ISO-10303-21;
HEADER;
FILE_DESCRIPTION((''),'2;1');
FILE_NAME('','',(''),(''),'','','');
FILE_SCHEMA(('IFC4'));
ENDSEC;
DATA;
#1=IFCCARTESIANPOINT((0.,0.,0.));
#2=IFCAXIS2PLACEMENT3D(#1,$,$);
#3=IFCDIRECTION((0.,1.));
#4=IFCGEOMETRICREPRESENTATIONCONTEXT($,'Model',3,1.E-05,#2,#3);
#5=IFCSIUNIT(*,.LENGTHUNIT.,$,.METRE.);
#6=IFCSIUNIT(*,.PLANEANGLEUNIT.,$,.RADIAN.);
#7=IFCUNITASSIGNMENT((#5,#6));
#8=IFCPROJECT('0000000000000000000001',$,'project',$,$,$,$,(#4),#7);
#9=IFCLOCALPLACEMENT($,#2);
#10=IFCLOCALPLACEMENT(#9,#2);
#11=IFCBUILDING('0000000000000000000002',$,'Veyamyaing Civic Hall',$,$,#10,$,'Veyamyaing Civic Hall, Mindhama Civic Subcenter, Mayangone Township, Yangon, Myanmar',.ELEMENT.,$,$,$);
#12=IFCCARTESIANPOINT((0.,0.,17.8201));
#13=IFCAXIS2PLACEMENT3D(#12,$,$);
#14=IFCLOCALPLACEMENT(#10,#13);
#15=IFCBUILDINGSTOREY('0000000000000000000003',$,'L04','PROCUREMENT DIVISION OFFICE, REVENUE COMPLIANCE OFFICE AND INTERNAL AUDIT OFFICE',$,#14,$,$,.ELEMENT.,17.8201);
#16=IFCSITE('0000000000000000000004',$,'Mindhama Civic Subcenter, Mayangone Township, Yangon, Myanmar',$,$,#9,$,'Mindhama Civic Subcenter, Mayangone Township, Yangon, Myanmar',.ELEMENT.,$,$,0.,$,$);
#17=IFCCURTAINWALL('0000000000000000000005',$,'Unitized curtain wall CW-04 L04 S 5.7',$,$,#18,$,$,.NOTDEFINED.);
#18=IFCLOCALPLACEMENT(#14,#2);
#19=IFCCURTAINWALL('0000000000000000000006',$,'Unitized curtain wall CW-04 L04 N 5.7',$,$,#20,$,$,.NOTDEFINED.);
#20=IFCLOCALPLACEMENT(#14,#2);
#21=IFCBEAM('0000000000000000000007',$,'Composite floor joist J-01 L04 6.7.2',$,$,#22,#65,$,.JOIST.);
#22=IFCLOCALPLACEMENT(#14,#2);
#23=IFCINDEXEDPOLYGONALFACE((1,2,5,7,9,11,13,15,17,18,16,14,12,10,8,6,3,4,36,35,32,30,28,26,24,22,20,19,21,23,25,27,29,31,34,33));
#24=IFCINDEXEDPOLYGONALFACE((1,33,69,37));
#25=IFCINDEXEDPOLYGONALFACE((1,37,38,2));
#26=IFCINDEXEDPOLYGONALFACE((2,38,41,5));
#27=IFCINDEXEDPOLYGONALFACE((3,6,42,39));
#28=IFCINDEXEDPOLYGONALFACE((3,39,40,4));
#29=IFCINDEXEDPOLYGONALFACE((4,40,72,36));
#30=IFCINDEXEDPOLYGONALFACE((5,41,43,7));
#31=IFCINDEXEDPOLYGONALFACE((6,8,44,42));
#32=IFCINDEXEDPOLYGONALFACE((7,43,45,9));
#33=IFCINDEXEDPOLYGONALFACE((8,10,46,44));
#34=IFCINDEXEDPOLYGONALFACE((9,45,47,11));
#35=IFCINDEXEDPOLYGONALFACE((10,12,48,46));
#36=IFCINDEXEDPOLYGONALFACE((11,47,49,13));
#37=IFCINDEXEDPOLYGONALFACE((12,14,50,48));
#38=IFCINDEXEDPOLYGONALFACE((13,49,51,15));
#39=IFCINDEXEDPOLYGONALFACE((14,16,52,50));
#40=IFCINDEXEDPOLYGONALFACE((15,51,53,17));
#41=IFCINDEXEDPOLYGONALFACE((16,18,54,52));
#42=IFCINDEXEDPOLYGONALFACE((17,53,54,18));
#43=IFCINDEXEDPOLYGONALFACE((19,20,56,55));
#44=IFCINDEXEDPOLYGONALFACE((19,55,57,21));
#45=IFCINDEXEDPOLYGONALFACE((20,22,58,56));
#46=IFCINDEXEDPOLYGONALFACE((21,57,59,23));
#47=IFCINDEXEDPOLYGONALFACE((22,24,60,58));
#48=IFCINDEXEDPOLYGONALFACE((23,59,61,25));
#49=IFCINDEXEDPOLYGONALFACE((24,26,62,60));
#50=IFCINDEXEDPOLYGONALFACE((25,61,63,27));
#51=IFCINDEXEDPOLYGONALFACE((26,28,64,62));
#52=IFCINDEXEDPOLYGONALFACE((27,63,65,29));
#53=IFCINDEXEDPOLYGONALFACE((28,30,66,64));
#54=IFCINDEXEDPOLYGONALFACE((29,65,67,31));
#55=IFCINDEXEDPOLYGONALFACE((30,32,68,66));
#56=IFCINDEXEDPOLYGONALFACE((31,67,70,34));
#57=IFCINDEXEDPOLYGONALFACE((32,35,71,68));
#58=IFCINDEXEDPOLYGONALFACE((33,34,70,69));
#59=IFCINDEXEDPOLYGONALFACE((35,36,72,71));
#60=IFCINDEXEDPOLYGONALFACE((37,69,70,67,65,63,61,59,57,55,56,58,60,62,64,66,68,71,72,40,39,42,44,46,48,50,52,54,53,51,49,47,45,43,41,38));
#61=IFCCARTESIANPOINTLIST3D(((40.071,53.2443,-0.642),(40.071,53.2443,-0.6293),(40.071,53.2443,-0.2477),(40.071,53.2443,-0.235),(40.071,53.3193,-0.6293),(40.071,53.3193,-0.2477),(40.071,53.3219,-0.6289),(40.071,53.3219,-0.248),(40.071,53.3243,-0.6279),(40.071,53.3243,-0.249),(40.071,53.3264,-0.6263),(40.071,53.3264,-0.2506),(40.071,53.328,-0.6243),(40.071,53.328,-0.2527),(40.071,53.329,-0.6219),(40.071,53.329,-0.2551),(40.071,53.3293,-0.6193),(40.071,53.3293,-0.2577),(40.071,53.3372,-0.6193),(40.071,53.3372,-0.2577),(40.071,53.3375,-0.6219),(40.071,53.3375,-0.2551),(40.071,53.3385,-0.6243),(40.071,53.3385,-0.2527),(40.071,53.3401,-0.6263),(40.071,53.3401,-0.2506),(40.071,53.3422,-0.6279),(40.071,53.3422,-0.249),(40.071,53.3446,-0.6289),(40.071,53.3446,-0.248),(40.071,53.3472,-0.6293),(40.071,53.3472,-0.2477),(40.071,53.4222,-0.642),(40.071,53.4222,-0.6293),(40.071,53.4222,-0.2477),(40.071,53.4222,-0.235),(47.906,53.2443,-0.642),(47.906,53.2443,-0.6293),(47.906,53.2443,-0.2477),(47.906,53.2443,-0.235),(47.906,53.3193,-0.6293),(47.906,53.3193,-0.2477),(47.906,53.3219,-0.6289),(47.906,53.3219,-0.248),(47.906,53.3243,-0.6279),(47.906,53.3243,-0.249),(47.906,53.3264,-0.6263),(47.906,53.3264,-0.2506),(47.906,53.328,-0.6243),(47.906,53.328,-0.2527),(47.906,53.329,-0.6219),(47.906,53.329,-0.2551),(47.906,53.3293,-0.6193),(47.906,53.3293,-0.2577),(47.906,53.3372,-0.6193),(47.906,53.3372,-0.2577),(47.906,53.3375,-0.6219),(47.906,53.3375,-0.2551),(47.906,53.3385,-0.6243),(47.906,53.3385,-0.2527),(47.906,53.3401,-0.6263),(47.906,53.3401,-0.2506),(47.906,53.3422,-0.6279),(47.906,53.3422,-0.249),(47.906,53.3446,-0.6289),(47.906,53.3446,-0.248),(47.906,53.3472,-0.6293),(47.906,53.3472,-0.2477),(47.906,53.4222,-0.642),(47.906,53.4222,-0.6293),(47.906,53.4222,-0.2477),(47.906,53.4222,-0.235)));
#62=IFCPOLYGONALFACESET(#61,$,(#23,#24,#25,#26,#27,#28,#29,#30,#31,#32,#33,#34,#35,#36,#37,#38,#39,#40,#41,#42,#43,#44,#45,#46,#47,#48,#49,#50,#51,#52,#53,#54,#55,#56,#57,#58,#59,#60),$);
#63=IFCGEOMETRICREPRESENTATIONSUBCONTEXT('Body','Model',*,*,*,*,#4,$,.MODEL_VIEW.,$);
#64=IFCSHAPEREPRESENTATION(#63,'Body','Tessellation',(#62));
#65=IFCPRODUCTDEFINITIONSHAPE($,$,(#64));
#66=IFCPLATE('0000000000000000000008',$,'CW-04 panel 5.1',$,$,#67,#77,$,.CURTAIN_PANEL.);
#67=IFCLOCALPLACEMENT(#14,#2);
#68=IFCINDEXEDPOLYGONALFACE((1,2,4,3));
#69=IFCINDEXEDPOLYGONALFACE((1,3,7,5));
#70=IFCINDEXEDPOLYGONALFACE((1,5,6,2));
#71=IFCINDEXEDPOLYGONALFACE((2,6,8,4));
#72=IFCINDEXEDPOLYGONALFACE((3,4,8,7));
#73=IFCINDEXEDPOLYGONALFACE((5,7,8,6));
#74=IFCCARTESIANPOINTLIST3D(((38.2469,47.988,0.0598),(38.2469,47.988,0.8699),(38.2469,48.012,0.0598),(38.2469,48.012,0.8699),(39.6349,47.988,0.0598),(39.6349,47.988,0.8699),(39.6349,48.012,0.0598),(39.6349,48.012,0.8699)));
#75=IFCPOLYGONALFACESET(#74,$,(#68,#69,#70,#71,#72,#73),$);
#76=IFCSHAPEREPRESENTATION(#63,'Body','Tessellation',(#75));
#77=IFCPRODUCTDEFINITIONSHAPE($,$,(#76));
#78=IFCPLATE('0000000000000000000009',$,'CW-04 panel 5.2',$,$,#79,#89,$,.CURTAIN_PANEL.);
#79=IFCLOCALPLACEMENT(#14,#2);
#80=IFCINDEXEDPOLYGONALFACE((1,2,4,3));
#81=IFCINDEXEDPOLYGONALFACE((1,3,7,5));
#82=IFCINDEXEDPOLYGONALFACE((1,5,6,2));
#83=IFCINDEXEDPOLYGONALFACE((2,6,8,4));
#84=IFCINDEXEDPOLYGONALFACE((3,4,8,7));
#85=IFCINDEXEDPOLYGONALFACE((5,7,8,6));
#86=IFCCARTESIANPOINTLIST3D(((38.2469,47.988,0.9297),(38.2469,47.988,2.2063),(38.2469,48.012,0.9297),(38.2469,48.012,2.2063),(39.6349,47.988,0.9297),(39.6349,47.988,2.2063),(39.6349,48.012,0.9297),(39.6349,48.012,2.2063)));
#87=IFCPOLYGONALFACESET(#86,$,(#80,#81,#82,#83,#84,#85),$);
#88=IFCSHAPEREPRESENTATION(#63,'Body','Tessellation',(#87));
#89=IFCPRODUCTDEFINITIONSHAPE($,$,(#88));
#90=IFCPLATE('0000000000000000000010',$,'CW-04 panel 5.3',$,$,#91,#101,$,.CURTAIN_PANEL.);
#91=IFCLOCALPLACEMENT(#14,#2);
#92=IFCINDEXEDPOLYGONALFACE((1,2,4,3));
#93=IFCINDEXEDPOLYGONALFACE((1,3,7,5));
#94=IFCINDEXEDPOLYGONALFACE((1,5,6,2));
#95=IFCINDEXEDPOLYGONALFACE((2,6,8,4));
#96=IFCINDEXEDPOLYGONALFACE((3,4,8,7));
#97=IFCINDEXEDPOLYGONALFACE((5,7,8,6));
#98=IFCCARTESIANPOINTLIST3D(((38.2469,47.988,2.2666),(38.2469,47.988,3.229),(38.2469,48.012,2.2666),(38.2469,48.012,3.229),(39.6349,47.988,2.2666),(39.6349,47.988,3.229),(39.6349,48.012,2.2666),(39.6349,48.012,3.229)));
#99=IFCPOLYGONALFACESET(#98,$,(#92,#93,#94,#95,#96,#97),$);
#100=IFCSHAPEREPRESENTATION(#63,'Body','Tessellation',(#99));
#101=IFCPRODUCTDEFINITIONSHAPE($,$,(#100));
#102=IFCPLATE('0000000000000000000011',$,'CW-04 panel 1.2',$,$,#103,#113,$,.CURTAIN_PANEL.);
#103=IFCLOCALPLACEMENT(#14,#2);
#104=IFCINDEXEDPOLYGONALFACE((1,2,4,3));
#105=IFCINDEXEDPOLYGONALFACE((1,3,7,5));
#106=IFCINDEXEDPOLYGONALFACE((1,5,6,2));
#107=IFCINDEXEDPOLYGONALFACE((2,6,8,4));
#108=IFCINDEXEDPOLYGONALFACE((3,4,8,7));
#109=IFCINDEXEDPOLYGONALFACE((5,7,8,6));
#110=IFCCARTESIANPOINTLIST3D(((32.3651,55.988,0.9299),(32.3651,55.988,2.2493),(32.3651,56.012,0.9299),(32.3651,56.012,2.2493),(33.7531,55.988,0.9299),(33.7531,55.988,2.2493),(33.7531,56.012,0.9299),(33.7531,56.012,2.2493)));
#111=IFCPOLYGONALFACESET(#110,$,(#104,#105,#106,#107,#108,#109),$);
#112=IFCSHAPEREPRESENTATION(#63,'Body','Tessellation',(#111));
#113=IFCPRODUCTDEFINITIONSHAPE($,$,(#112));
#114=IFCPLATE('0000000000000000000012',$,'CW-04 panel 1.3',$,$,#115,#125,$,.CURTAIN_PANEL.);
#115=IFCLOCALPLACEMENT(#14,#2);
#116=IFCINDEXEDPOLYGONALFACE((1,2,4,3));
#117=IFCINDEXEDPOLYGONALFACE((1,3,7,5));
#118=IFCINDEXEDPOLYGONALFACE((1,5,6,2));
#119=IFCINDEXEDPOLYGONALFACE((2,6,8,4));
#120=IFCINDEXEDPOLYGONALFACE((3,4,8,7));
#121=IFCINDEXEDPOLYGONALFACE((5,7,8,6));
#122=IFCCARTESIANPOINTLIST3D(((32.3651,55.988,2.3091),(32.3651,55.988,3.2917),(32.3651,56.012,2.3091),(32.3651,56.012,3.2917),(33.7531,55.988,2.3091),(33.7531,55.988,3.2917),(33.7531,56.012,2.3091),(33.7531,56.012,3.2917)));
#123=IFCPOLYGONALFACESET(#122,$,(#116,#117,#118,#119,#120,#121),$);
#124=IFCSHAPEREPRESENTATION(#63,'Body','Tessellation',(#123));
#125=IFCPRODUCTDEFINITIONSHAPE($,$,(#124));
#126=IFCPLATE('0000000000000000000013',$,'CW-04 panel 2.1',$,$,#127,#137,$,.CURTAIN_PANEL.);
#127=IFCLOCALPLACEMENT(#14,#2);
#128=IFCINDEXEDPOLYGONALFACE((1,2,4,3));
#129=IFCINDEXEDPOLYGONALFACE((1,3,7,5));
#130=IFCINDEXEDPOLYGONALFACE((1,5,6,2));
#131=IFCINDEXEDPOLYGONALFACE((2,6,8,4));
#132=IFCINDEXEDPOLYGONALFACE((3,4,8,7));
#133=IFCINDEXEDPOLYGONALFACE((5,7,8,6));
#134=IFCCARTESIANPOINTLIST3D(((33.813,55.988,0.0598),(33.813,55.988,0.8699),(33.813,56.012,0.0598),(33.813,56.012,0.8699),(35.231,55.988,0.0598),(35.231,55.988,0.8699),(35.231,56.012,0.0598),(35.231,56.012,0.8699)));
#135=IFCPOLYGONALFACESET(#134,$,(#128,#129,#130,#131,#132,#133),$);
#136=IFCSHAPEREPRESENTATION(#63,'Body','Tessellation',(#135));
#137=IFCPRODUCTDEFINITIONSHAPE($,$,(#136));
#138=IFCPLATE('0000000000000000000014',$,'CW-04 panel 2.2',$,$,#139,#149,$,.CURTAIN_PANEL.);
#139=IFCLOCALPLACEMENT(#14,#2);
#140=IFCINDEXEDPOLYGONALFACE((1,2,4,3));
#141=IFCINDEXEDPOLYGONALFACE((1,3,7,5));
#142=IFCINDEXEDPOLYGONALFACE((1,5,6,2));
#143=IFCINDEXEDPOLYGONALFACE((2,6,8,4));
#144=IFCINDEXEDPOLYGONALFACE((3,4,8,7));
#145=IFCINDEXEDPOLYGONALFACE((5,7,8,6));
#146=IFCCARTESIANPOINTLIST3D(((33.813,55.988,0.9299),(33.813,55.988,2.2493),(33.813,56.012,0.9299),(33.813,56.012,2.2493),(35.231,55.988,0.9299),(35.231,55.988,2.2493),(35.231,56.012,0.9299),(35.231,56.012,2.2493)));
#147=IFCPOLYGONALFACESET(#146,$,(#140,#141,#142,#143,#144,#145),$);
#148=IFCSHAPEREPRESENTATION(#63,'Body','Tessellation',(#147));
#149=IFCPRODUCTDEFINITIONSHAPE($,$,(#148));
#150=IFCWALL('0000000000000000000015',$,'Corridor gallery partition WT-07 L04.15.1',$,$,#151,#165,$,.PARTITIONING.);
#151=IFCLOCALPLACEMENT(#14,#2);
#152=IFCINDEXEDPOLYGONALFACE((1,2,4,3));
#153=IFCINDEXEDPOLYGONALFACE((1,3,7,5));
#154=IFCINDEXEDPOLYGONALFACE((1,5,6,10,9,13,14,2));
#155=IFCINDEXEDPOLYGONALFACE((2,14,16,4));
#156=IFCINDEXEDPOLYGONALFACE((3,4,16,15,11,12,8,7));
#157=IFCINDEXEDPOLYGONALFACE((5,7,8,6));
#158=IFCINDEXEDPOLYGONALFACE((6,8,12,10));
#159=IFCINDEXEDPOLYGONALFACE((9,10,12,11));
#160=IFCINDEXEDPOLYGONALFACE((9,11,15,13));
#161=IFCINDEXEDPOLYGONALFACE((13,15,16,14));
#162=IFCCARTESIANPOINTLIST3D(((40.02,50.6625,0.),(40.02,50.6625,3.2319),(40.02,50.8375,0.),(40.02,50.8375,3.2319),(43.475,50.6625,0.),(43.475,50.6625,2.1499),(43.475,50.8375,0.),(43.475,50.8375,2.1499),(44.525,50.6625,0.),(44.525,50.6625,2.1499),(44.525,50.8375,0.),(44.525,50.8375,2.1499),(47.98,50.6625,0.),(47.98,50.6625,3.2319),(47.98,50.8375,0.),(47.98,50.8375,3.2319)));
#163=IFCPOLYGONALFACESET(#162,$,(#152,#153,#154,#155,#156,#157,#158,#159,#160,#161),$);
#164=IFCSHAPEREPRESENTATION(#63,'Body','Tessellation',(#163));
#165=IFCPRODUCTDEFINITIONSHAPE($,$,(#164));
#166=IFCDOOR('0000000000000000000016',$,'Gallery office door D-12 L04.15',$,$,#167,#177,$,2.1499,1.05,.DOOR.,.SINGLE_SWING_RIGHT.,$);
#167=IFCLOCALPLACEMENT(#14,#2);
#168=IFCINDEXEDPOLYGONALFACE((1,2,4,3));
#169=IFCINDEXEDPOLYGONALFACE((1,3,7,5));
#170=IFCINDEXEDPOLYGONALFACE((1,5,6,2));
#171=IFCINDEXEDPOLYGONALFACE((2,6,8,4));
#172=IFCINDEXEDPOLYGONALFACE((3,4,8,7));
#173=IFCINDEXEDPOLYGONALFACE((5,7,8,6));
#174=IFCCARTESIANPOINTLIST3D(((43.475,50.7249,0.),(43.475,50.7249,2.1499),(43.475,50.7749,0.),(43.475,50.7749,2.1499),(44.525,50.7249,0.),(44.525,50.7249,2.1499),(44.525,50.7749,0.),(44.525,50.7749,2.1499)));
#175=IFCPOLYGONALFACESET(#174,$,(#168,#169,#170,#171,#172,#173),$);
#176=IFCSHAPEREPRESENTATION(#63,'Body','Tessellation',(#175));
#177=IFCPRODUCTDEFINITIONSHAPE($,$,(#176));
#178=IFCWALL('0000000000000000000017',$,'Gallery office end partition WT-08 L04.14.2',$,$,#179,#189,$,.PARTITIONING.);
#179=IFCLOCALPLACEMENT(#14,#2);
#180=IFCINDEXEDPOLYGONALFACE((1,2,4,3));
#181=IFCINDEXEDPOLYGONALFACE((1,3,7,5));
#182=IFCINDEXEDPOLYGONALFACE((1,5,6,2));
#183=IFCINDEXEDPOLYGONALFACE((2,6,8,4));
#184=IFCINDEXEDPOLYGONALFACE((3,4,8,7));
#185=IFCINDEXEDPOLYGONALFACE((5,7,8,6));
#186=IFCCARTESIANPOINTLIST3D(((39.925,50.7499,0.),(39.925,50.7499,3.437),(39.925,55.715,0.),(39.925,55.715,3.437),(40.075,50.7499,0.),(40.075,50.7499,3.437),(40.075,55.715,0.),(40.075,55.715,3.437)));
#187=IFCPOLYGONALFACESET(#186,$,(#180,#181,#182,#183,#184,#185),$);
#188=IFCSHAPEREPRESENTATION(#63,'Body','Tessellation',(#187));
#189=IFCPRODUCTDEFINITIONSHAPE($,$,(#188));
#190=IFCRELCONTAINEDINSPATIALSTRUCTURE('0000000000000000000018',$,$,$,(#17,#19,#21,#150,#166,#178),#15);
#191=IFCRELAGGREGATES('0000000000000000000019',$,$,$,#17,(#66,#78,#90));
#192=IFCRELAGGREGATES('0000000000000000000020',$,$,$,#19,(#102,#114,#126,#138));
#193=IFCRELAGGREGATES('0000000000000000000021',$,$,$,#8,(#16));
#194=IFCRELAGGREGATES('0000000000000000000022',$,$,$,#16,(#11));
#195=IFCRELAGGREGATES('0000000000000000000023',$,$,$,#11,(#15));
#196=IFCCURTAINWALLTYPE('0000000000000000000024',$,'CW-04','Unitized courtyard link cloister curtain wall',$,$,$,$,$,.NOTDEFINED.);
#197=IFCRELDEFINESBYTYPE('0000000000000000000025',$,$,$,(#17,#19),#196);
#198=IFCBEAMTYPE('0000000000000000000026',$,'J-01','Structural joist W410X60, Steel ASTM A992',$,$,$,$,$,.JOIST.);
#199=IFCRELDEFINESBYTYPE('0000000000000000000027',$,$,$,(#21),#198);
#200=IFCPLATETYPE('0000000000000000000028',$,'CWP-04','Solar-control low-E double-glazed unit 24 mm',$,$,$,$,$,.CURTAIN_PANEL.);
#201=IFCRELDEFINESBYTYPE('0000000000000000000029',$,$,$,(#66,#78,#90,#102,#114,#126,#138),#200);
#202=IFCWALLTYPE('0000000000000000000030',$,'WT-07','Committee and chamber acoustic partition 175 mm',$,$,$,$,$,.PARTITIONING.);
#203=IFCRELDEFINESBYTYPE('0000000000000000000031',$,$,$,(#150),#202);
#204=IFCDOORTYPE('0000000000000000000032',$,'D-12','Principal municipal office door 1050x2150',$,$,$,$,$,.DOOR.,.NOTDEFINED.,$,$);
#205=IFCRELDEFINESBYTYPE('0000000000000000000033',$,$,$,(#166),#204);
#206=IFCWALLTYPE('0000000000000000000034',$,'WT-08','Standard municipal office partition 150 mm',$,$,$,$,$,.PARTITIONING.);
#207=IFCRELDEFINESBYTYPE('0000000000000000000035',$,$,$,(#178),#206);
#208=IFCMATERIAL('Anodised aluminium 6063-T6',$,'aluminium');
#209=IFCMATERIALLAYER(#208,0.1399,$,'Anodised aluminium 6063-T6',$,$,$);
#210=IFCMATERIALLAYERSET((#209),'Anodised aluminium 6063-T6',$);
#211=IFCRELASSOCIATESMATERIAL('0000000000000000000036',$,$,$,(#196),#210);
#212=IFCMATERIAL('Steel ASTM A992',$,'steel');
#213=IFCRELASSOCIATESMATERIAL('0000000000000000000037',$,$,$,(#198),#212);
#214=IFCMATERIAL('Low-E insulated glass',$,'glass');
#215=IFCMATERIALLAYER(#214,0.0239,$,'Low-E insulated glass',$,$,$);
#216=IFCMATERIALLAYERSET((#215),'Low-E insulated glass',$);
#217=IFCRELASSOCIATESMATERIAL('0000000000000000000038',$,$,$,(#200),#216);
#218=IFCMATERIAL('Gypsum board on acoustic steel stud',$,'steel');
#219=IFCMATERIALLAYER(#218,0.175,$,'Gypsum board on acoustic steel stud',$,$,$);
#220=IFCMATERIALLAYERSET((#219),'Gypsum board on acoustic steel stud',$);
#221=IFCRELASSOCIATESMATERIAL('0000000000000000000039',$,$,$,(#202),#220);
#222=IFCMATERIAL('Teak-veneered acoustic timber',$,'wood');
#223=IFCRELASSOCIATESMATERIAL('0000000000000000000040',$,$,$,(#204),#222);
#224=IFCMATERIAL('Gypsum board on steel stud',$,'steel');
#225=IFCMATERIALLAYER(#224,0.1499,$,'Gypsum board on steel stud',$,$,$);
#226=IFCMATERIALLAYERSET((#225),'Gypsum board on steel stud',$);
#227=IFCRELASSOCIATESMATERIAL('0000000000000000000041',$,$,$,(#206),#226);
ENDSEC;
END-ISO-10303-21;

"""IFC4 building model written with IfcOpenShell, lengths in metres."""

from ifc_helpers import new_model, si_unit, direction, frame, frame_2d, origin, origin_2d, place, context, subcontext, project, spatial, rectangle, i_section, extrude, material, layer, layer_set, material_profile, profile_set, type_object, element, fill, aggregate, save


model = new_model("IFC4")

# Units and contexts
model_context = context("Model", 3, precision=1e-05, world=origin(), true_north=direction((0.0, 1.0)))
body_context = subcontext(model_context, "Body", "Model", "MODEL_VIEW")
ifc_project = project(units=[si_unit("LENGTHUNIT", "METRE"), si_unit("PLANEANGLEUNIT", "RADIAN")], contexts=[model_context])

# Site, building, storey
site_placement = place(None, origin())
site = spatial("IfcSite", under=ifc_project, at=site_placement, Name="Mindhama Civic Subcenter, Mayangone Township, Yangon, Myanmar", LongName="Mindhama Civic Subcenter, Mayangone Township, Yangon, Myanmar", CompositionType="ELEMENT", RefElevation=0.0)
building_placement = place(site_placement, origin())
building = spatial("IfcBuilding", under=site, at=building_placement, Name="Veyamyaing Civic Hall", LongName="Veyamyaing Civic Hall, Mindhama Civic Subcenter, Mayangone Township, Yangon, Myanmar", CompositionType="ELEMENT")
storey_placement = place(building_placement, frame((0.0, 0.0, 17.8201)))
storey = spatial("IfcBuildingStorey", under=building, at=storey_placement, Name="L04", Description="PROCUREMENT DIVISION OFFICE, REVENUE COMPLIANCE OFFICE AND INTERNAL AUDIT OFFICE", CompositionType="ELEMENT", Elevation=17.8201)

# Shared definitions
ifc_material_1 = material(Name="Steel ASTM A992", Category="steel")

# Curtain wall
ifc_material_2 = material(Name="Anodised aluminium 6063-T6", Category="aluminium")
ifc_layer_1 = layer(ifc_material_2, 0.1399, Name="Anodised aluminium 6063-T6")
ifc_layer_set_1 = layer_set([ifc_layer_1], Name="Anodised aluminium 6063-T6")
curtain_wall_type = type_object("IfcCurtainWallType", Name="CW-04", Description="Unitized courtyard link cloister curtain wall", PredefinedType="NOTDEFINED", material=ifc_layer_set_1)
curtain_wall_1_placement = place(storey_placement, origin())
curtain_wall_1 = element("IfcCurtainWall", 1, at=curtain_wall_1_placement, inside=storey, type_object=curtain_wall_type, Name="Unitized curtain wall CW-04 L04 S 5.7", PredefinedType="NOTDEFINED")

# Curtain wall
curtain_wall_2_placement = place(storey_placement, origin())
curtain_wall_2 = element("IfcCurtainWall", 2, at=curtain_wall_2_placement, inside=storey, type_object=curtain_wall_type, Name="Unitized curtain wall CW-04 L04 N 5.7", PredefinedType="NOTDEFINED")

# Beam
ifc_material_profile_1 = material_profile(ifc_material_1, i_section(OverallWidth=0.178, OverallDepth=0.407, WebThickness=0.0078, FlangeThickness=0.0127, FilletRadius=0.01, at=origin_2d()), Name="W410X60")
ifc_profile_set_1 = profile_set([ifc_material_profile_1], Name="Steel ASTM A992")
beam_type_1 = type_object("IfcBeamType", Name="J-01", Description="Structural joist W410X60, Steel ASTM A992", PredefinedType="JOIST", material=ifc_profile_set_1)
for number, where, z_axis, x_axis, name in (
    (3, (40.071, 53.3333, -0.4385), (1.0, 0.0, 0.0), (0.0, 1.0, 0.0), "Composite floor joist J-01 L04 6.7.2"),
):
    element("IfcBeam", number, at=place(storey_placement, frame(where, z_axis=z_axis, x_axis=x_axis)), inside=storey, type_object=beam_type_1, Name=name, PredefinedType="JOIST", context=body_context, shape_type="SweptSolid", body=[
        extrude(i_section(OverallWidth=0.178, OverallDepth=0.407, WebThickness=0.0078, FlangeThickness=0.0127, FilletRadius=0.01, at=origin_2d()), origin(), (0.0, 0.0, 1.0), 7.835),
    ])

# Plates
ifc_material_3 = material(Name="Low-E insulated glass", Category="glass")
ifc_layer_2 = layer(ifc_material_3, 0.0239, Name="Low-E insulated glass")
ifc_layer_set_2 = layer_set([ifc_layer_2], Name="Low-E insulated glass")
plate_type = type_object("IfcPlateType", Name="CWP-04", Description="Solar-control low-E double-glazed unit 24 mm", PredefinedType="CURTAIN_PANEL", material=ifc_layer_set_2)
plate_1_placement = place(storey_placement, frame((38.9409, 48.0, 0.0598), z_axis=(0.0, 0.0, 1.0), x_axis=(1.0, 0.0, 0.0)))
plate_1 = element("IfcPlate", 4, at=plate_1_placement, type_object=plate_type, Name="CW-04 panel 5.1", PredefinedType="CURTAIN_PANEL", context=body_context, shape_type="SweptSolid", body=[
    extrude(rectangle(XDim=1.3879, YDim=0.0239, at=origin_2d()), origin(), (0.0, 0.0, 1.0), 0.8101),
])
plate_2_placement = place(storey_placement, frame((38.9409, 48.0, 0.9297), z_axis=(0.0, 0.0, 1.0), x_axis=(1.0, 0.0, 0.0)))
plate_2 = element("IfcPlate", 5, at=plate_2_placement, type_object=plate_type, Name="CW-04 panel 5.2", PredefinedType="CURTAIN_PANEL", context=body_context, shape_type="SweptSolid", body=[
    extrude(rectangle(XDim=1.3879, YDim=0.0239, at=origin_2d()), origin(), (0.0, 0.0, 1.0), 1.2766),
])
plate_3_placement = place(storey_placement, frame((38.9409, 48.0, 2.2666), z_axis=(0.0, 0.0, 1.0), x_axis=(1.0, 0.0, 0.0)))
plate_3 = element("IfcPlate", 6, at=plate_3_placement, type_object=plate_type, Name="CW-04 panel 5.3", PredefinedType="CURTAIN_PANEL", context=body_context, shape_type="SweptSolid", body=[
    extrude(rectangle(XDim=1.3879, YDim=0.0239, at=origin_2d()), origin(), (0.0, 0.0, 1.0), 0.9624),
])
aggregate(curtain_wall_1, [plate_1, plate_2, plate_3])
plate_4_placement = place(storey_placement, frame((33.0591, 56.0, 0.9299), z_axis=(0.0, 0.0, 1.0), x_axis=(1.0, 0.0, 0.0)))
plate_4 = element("IfcPlate", 7, at=plate_4_placement, type_object=plate_type, Name="CW-04 panel 1.2", PredefinedType="CURTAIN_PANEL", context=body_context, shape_type="SweptSolid", body=[
    extrude(rectangle(XDim=1.3879, YDim=0.0239, at=origin_2d()), origin(), (0.0, 0.0, 1.0), 1.3193),
])
plate_5_placement = place(storey_placement, frame((33.0591, 56.0, 2.3091), z_axis=(0.0, 0.0, 1.0), x_axis=(1.0, 0.0, 0.0)))
plate_5 = element("IfcPlate", 8, at=plate_5_placement, type_object=plate_type, Name="CW-04 panel 1.3", PredefinedType="CURTAIN_PANEL", context=body_context, shape_type="SweptSolid", body=[
    extrude(rectangle(XDim=1.3879, YDim=0.0239, at=origin_2d()), origin(), (0.0, 0.0, 1.0), 0.9827),
])
plate_6_placement = place(storey_placement, frame((34.522, 56.0, 0.0598), z_axis=(0.0, 0.0, 1.0), x_axis=(1.0, 0.0, 0.0)))
plate_6 = element("IfcPlate", 9, at=plate_6_placement, type_object=plate_type, Name="CW-04 panel 2.1", PredefinedType="CURTAIN_PANEL", context=body_context, shape_type="SweptSolid", body=[
    extrude(rectangle(XDim=1.418, YDim=0.0239, at=origin_2d()), origin(), (0.0, 0.0, 1.0), 0.8101),
])
plate_7_placement = place(storey_placement, frame((34.522, 56.0, 0.9299), z_axis=(0.0, 0.0, 1.0), x_axis=(1.0, 0.0, 0.0)))
plate_7 = element("IfcPlate", 10, at=plate_7_placement, type_object=plate_type, Name="CW-04 panel 2.2", PredefinedType="CURTAIN_PANEL", context=body_context, shape_type="SweptSolid", body=[
    extrude(rectangle(XDim=1.418, YDim=0.0239, at=origin_2d()), origin(), (0.0, 0.0, 1.0), 1.3193),
])
aggregate(curtain_wall_2, [plate_4, plate_5, plate_6, plate_7])

# Wall, opening, door
ifc_material_4 = material(Name="Gypsum board on acoustic steel stud", Category="steel")
ifc_layer_3 = layer(ifc_material_4, 0.175, Name="Gypsum board on acoustic steel stud")
ifc_layer_set_3 = layer_set([ifc_layer_3], Name="Gypsum board on acoustic steel stud")
wall_type_1 = type_object("IfcWallType", Name="WT-07", Description="Committee and chamber acoustic partition 175 mm", PredefinedType="PARTITIONING", material=ifc_layer_set_3)
wall_1_placement = place(storey_placement, frame((40.02, 50.75, 0.0), z_axis=(0.0, 0.0, 1.0), x_axis=(1.0, 0.0, 0.0)))
wall_1 = element("IfcWall", 11, at=wall_1_placement, inside=storey, type_object=wall_type_1, Name="Corridor gallery partition WT-07 L04.15.1", PredefinedType="PARTITIONING", context=body_context, shape_type="SweptSolid", body=[
    extrude(rectangle(XDim=7.96, YDim=0.175, at=frame_2d((3.98, 0.0))), origin(), (0.0, 0.0, 1.0), 3.2319),
])
opening_placement = place(wall_1_placement, frame((3.4551, 0.0, 0.0)))
opening = element("IfcOpeningElement", 12, at=opening_placement, cuts=wall_1, PredefinedType="OPENING", context=body_context, shape_type="SweptSolid", body=[
    extrude(rectangle(XDim=1.05, YDim=2.1499, at=frame_2d((0.5249, 1.075))), frame((0.0, 0.0974, 0.0), z_axis=(0.0, -1.0, 0.0), x_axis=(1.0, 0.0, 0.0)), (0.0, 0.0, 1.0), 0.1951),
])
ifc_material_5 = material(Name="Teak-veneered acoustic timber", Category="wood")
door_type = type_object("IfcDoorType", Name="D-12", Description="Principal municipal office door 1050x2150", OperationType="NOTDEFINED", PredefinedType="DOOR", material=ifc_material_5)
door_placement = place(opening_placement, origin())
door = element("IfcDoor", 13, at=door_placement, inside=storey, type_object=door_type, Name="Gallery office door D-12 L04.15", OperationType="SINGLE_SWING_RIGHT", OverallHeight=2.1499, OverallWidth=1.05, PredefinedType="DOOR", context=body_context, shape_type="SweptSolid", body=[
    extrude(rectangle(XDim=1.05, YDim=2.1499, at=frame_2d((0.5249, 1.075))), frame((0.0, 0.0249, 0.0), z_axis=(0.0, -1.0, 0.0), x_axis=(1.0, 0.0, 0.0)), (0.0, 0.0, 1.0), 0.05),
])
fill(opening, door)

# Wall
ifc_material_6 = material(Name="Gypsum board on steel stud", Category="steel")
ifc_layer_4 = layer(ifc_material_6, 0.1499, Name="Gypsum board on steel stud")
ifc_layer_set_4 = layer_set([ifc_layer_4], Name="Gypsum board on steel stud")
wall_type_2 = type_object("IfcWallType", Name="WT-08", Description="Standard municipal office partition 150 mm", PredefinedType="PARTITIONING", material=ifc_layer_set_4)
wall_2_placement = place(storey_placement, frame((40.0, 50.75, 0.0), z_axis=(0.0, 0.0, 1.0), x_axis=(0.0, 1.0, 0.0)))
element("IfcWall", 14, at=wall_2_placement, inside=storey, type_object=wall_type_2, Name="Gallery office end partition WT-08 L04.14.2", PredefinedType="PARTITIONING", context=body_context, shape_type="SweptSolid", body=[
    extrude(rectangle(XDim=4.9651, YDim=0.1499, at=frame_2d((2.4824, 0.0))), origin(), (0.0, 0.0, 1.0), 3.437),
])

save(model, "model.ifc")
